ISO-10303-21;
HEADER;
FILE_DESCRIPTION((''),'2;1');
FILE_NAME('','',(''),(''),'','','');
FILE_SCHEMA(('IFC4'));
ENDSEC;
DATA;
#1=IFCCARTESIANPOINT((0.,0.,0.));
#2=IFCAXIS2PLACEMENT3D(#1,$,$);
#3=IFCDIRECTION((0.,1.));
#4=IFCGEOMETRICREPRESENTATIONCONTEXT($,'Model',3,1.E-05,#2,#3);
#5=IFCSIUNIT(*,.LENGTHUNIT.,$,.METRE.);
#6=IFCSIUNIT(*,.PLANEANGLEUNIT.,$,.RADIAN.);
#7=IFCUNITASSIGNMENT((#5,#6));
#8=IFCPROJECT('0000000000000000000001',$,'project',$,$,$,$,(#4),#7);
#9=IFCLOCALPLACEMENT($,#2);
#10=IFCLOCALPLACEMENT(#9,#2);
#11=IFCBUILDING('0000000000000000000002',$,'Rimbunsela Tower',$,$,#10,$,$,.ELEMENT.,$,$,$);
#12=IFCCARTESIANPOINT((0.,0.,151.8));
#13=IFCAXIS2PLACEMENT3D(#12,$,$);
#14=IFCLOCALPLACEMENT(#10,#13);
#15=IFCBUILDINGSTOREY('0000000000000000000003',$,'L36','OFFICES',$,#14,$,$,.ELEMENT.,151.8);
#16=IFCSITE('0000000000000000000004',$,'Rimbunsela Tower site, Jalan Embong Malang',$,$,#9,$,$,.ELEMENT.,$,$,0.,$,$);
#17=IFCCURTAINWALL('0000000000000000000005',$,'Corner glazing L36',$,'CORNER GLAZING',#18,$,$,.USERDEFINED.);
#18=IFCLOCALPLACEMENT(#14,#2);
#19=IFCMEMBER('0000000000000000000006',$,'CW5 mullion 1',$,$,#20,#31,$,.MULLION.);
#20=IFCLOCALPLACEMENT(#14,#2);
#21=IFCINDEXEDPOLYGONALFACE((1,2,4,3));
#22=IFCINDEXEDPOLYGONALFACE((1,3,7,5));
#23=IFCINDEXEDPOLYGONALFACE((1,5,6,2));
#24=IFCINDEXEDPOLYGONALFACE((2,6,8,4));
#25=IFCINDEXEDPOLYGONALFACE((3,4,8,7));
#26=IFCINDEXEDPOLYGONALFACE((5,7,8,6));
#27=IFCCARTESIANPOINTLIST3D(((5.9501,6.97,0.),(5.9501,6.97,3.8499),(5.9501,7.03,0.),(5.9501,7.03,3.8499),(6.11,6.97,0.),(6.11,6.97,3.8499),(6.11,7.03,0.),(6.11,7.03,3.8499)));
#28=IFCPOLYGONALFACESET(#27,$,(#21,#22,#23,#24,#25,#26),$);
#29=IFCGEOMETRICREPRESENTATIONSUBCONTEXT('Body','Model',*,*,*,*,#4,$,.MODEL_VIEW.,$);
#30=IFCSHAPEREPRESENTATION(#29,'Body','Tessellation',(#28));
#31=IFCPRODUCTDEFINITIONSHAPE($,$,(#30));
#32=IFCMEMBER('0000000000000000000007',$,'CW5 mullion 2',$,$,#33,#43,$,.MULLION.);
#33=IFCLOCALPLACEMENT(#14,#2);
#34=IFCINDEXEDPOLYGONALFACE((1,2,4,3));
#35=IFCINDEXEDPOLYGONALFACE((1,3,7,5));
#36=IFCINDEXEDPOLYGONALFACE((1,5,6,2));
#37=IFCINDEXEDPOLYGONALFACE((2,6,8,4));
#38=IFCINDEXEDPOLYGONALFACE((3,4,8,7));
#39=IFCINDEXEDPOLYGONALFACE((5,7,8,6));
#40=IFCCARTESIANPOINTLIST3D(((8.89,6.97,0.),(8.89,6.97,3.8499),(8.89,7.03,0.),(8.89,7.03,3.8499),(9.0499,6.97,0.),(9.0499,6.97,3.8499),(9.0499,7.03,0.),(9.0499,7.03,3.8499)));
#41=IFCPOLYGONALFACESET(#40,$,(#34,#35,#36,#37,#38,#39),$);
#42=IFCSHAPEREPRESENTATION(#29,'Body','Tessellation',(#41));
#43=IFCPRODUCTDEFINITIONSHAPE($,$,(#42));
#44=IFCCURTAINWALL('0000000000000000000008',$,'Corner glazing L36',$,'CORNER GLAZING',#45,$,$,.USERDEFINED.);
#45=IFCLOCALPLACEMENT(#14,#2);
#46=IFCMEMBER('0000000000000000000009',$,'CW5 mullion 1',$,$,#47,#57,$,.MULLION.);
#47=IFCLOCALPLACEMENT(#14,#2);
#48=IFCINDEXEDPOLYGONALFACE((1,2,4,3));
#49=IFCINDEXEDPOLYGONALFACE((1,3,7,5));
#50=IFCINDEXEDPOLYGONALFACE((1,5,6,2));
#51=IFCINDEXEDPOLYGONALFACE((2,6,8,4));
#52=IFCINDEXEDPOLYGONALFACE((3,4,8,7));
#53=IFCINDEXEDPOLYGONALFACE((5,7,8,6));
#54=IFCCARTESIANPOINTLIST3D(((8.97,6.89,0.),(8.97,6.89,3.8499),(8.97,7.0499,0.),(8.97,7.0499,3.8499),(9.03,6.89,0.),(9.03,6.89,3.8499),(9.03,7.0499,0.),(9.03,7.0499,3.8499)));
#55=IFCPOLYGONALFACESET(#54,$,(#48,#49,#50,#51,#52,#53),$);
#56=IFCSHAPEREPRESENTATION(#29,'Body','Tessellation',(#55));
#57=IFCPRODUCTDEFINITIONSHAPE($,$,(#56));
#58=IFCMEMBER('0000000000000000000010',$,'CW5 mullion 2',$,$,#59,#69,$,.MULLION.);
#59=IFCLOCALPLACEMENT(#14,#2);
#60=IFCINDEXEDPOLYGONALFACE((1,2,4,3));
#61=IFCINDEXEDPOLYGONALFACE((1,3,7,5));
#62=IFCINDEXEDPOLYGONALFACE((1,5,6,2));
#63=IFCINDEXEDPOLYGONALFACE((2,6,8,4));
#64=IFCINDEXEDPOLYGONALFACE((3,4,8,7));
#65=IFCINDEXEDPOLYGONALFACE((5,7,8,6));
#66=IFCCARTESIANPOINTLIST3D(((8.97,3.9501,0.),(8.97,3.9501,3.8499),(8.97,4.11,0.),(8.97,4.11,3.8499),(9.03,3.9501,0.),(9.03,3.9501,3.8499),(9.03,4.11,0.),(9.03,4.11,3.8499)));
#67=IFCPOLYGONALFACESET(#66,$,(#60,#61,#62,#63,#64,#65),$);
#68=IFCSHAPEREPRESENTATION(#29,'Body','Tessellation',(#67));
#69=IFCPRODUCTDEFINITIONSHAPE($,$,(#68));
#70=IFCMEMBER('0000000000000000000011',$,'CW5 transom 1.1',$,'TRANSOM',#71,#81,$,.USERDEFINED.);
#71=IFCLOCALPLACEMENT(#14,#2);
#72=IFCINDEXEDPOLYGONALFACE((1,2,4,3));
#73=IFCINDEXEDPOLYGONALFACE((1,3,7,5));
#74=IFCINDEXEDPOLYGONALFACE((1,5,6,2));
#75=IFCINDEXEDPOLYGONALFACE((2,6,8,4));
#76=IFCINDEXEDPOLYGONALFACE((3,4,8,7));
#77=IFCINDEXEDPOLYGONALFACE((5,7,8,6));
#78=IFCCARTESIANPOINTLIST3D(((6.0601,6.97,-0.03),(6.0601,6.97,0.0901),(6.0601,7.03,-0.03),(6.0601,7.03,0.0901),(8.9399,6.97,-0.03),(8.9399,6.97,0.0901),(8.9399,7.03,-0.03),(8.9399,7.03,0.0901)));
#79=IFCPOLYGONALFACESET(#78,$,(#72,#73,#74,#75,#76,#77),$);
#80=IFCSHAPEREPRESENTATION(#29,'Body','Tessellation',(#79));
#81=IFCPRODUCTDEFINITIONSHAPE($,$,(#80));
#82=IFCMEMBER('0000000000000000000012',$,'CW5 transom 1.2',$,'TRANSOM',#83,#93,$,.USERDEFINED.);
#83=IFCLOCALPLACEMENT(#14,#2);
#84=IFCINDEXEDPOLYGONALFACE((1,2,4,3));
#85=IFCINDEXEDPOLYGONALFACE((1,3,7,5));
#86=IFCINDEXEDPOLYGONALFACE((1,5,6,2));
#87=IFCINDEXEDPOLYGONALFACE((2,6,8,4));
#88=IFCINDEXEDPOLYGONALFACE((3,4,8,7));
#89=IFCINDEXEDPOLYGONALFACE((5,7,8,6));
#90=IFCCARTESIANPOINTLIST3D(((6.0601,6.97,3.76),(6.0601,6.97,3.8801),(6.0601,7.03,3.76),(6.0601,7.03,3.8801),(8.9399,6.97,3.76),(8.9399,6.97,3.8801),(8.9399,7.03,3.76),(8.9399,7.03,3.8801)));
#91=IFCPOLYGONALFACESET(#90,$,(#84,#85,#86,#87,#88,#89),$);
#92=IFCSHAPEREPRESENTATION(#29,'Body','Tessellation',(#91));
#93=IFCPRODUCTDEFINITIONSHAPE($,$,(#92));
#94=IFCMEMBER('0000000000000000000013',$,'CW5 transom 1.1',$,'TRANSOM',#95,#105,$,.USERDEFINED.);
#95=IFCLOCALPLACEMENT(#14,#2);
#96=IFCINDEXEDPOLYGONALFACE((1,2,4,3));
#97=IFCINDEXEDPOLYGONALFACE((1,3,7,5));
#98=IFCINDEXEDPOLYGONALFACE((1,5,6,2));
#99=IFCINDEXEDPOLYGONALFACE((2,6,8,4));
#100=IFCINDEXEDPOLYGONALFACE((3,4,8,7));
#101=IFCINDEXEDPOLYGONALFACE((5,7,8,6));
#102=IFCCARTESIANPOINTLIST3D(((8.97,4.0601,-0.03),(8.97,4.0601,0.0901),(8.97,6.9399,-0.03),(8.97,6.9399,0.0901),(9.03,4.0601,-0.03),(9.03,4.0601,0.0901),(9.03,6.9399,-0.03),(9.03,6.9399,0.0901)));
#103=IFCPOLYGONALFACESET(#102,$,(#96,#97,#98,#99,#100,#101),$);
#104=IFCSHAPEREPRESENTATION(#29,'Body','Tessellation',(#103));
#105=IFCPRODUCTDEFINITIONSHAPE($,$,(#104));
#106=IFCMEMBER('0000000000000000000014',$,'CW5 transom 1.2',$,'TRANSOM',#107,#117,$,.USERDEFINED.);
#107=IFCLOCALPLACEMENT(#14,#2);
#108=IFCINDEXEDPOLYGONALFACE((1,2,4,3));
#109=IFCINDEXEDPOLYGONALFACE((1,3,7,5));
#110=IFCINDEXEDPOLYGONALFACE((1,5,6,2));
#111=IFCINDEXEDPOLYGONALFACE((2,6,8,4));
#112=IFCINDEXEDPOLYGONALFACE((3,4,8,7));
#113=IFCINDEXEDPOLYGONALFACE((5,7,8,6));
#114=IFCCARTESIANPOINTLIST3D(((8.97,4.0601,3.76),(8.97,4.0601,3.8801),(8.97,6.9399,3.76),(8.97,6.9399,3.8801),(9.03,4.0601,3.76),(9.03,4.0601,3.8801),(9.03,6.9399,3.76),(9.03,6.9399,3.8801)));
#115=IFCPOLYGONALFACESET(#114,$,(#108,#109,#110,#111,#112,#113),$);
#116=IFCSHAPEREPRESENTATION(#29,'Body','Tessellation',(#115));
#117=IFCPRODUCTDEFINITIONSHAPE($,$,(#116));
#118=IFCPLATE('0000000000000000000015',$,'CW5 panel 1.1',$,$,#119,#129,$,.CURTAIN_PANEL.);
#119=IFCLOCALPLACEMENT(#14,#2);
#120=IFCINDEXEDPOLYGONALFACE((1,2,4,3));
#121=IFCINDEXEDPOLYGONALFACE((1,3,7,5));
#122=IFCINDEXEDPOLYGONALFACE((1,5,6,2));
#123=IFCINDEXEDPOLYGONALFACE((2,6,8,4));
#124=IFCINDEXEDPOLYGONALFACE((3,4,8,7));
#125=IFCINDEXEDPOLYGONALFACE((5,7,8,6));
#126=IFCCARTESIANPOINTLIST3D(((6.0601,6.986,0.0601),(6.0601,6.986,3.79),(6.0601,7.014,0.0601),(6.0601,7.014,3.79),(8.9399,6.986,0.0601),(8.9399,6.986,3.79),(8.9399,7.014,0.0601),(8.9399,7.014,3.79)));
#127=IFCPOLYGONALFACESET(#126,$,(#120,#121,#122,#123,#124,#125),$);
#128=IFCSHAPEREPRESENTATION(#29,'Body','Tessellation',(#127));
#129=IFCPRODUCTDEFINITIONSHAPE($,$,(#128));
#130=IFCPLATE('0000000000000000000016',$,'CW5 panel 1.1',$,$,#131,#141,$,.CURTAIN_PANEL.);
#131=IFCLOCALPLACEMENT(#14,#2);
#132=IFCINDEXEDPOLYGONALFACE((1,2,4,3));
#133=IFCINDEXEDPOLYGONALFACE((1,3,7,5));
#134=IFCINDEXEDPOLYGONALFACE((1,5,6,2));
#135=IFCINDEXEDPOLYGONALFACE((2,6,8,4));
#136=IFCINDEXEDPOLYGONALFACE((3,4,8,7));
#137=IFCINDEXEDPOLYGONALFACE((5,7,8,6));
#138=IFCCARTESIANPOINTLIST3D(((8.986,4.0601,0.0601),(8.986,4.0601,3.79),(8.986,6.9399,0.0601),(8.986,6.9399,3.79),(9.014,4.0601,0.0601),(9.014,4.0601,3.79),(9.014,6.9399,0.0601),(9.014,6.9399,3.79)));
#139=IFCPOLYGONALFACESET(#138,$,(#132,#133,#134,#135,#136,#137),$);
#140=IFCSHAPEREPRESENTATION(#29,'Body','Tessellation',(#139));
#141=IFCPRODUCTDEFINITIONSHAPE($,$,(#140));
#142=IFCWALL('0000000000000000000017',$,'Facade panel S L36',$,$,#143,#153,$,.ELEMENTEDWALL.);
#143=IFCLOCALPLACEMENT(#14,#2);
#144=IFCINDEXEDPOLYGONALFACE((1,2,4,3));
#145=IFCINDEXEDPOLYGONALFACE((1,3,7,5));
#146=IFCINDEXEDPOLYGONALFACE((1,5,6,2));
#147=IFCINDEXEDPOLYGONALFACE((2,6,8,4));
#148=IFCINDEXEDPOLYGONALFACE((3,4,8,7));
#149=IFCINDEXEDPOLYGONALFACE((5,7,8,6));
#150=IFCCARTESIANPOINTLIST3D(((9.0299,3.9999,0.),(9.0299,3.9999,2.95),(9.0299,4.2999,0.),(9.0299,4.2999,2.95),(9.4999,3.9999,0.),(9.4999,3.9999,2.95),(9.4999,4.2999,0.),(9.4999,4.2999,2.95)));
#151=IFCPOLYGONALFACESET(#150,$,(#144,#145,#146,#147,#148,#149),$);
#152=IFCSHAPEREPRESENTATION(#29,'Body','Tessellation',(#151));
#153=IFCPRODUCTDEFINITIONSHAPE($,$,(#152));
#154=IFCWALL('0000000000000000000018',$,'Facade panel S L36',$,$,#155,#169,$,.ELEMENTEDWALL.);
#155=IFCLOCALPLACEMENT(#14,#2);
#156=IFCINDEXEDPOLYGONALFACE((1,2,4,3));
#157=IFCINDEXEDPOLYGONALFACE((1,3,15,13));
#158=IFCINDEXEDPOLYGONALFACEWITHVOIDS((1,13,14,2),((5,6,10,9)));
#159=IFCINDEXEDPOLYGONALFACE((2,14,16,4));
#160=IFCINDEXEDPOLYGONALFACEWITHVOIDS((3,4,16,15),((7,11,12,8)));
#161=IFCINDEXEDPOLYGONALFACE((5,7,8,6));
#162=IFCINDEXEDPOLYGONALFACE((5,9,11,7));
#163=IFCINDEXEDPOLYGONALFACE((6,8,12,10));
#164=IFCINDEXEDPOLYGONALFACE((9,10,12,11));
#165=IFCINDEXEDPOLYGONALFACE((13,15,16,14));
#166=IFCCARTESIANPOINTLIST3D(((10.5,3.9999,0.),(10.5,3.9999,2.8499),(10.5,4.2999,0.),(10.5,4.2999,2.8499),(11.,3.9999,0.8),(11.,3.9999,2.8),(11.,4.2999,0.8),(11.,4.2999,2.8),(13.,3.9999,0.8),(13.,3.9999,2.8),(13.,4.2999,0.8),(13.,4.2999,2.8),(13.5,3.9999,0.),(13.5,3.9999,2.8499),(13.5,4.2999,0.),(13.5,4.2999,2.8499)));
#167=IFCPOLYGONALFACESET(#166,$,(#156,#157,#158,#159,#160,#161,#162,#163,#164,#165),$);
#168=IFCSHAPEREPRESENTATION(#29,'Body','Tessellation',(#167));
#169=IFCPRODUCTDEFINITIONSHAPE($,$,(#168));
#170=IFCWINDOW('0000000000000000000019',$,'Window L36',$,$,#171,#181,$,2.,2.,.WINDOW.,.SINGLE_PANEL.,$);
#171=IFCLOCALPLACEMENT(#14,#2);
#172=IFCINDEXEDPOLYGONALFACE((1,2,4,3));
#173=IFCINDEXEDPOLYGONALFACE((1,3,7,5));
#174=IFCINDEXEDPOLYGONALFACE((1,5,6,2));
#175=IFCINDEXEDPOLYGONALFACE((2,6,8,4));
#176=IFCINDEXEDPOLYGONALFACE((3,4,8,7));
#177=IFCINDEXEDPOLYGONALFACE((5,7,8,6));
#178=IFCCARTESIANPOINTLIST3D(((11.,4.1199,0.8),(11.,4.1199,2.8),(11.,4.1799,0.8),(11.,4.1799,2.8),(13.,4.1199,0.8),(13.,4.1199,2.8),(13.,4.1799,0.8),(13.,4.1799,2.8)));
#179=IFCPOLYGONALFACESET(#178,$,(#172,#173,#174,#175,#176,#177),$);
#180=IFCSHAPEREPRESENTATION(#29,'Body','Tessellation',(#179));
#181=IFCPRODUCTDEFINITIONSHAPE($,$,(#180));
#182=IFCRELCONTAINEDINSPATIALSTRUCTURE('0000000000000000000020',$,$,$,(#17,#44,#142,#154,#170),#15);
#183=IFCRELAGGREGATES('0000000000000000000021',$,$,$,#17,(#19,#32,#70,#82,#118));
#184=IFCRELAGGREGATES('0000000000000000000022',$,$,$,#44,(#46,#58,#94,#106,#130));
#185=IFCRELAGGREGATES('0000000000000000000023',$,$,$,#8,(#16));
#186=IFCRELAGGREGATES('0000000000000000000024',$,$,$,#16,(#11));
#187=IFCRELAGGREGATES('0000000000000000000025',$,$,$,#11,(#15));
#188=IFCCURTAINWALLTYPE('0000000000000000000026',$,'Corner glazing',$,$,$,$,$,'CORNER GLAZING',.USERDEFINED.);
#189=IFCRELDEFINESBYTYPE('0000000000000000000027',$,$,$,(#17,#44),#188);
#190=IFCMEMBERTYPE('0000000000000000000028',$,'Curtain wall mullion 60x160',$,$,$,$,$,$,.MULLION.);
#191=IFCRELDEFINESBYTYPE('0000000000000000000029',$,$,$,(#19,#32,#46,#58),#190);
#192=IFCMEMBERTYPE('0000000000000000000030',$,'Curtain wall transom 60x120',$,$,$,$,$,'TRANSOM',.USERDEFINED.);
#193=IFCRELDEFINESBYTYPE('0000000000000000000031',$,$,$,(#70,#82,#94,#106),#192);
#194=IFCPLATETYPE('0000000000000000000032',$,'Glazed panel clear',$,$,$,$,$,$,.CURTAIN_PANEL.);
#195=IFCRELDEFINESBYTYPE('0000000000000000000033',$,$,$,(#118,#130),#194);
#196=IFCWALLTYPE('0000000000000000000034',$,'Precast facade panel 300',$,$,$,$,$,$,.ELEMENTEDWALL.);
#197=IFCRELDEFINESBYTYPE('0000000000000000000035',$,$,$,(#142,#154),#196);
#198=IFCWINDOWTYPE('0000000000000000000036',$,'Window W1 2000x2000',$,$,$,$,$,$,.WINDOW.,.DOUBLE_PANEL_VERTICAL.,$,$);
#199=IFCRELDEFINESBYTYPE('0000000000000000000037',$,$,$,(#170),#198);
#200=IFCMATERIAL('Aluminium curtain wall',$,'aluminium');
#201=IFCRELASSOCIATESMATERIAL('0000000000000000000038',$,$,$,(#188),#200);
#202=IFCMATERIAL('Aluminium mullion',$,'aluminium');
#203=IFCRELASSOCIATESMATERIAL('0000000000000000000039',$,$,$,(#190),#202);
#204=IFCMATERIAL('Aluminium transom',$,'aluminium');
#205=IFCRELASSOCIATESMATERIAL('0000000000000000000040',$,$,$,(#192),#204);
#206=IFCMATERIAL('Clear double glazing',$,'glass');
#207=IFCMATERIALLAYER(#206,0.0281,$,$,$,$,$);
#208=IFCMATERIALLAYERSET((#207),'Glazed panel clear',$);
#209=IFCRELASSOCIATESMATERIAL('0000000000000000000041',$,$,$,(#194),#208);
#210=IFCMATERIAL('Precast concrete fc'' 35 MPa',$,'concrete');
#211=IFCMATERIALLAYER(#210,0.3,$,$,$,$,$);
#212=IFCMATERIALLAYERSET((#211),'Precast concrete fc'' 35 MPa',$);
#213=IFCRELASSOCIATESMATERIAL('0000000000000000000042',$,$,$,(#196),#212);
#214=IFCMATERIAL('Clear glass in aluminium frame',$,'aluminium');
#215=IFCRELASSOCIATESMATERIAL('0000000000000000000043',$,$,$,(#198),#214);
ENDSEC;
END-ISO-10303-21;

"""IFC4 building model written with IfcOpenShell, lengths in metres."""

from ifc_helpers import new_model, si_unit, direction, frame, frame_2d, origin, origin_2d, place, context, subcontext, project, spatial, rectangle, extrude, material, layer, layer_set, material_profile, profile_set, type_object, element, fill, aggregate, save


model = new_model("IFC4")

# Units and contexts
model_context = context("Model", 3, precision=1e-05, world=origin(), true_north=direction((0.0, 1.0)))
body_context = subcontext(model_context, "Body", "Model", "MODEL_VIEW")
ifc_project = project(units=[si_unit("LENGTHUNIT", "METRE"), si_unit("PLANEANGLEUNIT", "RADIAN")], contexts=[model_context])

# Site, building, storey
site_placement = place(None, origin())
site = spatial("IfcSite", under=ifc_project, at=site_placement, Name="Rimbunsela Tower site, Jalan Embong Malang", CompositionType="ELEMENT", RefElevation=0.0)
building_placement = place(site_placement, origin())
building = spatial("IfcBuilding", under=site, at=building_placement, Name="Rimbunsela Tower", CompositionType="ELEMENT")
storey_placement = place(building_placement, frame((0.0, 0.0, 151.8)))
storey = spatial("IfcBuildingStorey", under=building, at=storey_placement, Name="L36", Description="OFFICES", CompositionType="ELEMENT", Elevation=151.8)

# Curtain walls, members
ifc_material_1 = material(Name="Aluminium curtain wall", Category="aluminium")
curtain_wall_type = type_object("IfcCurtainWallType", Name="Corner glazing", ElementType="CORNER GLAZING", PredefinedType="USERDEFINED", material=ifc_material_1)
curtain_wall_1_placement = place(storey_placement, origin())
curtain_wall_1 = element("IfcCurtainWall", 1, at=curtain_wall_1_placement, inside=storey, type_object=curtain_wall_type, Name="Corner glazing L36", ObjectType="CORNER GLAZING", PredefinedType="USERDEFINED")
ifc_material_2 = material(Name="Aluminium mullion", Category="aluminium")
ifc_material_profile_1 = material_profile(ifc_material_2, rectangle(XDim=0.0601, YDim=0.1599, at=origin_2d()), Name="Mullion 60x160")
ifc_profile_set_1 = profile_set([ifc_material_profile_1], Name="Aluminium mullion")
member_type_1 = type_object("IfcMemberType", Name="Curtain wall mullion 60x160", PredefinedType="MULLION", material=ifc_profile_set_1)
member_1_placement = place(storey_placement, frame((6.03, 7.0, 0.0), z_axis=(0.0, 0.0, 1.0), x_axis=(0.0, 1.0, 0.0)))
member_1 = element("IfcMember", 2, at=member_1_placement, type_object=member_type_1, Name="CW5 mullion 1", PredefinedType="MULLION", context=body_context, shape_type="SweptSolid", body=[
    extrude(rectangle(XDim=0.0601, YDim=0.1599, at=origin_2d()), origin(), (0.0, 0.0, 1.0), 3.8499),
])
member_2_placement = place(storey_placement, frame((8.97, 7.0, 0.0), z_axis=(0.0, 0.0, 1.0), x_axis=(0.0, 1.0, 0.0)))
member_2 = element("IfcMember", 3, at=member_2_placement, type_object=member_type_1, Name="CW5 mullion 2", PredefinedType="MULLION", context=body_context, shape_type="SweptSolid", body=[
    extrude(rectangle(XDim=0.0601, YDim=0.1599, at=origin_2d()), origin(), (0.0, 0.0, 1.0), 3.8499),
])
curtain_wall_2_placement = place(storey_placement, origin())
curtain_wall_2 = element("IfcCurtainWall", 4, at=curtain_wall_2_placement, inside=storey, type_object=curtain_wall_type, Name="Corner glazing L36", ObjectType="CORNER GLAZING", PredefinedType="USERDEFINED")
member_3_placement = place(storey_placement, frame((9.0, 6.97, 0.0), z_axis=(0.0, 0.0, 1.0), x_axis=(1.0, 0.0, 0.0)))
member_3 = element("IfcMember", 5, at=member_3_placement, type_object=member_type_1, Name="CW5 mullion 1", PredefinedType="MULLION", context=body_context, shape_type="SweptSolid", body=[
    extrude(rectangle(XDim=0.0601, YDim=0.1599, at=origin_2d()), origin(), (0.0, 0.0, 1.0), 3.8499),
])
member_4_placement = place(storey_placement, frame((9.0, 4.03, 0.0), z_axis=(0.0, 0.0, 1.0), x_axis=(1.0, 0.0, 0.0)))
member_4 = element("IfcMember", 6, at=member_4_placement, type_object=member_type_1, Name="CW5 mullion 2", PredefinedType="MULLION", context=body_context, shape_type="SweptSolid", body=[
    extrude(rectangle(XDim=0.0601, YDim=0.1599, at=origin_2d()), origin(), (0.0, 0.0, 1.0), 3.8499),
])

# Members
ifc_material_3 = material(Name="Aluminium transom", Category="aluminium")
ifc_material_profile_2 = material_profile(ifc_material_3, rectangle(XDim=0.0601, YDim=0.1201, at=origin_2d()), Name="Transom 60x120")
ifc_profile_set_2 = profile_set([ifc_material_profile_2], Name="Aluminium transom")
member_type_2 = type_object("IfcMemberType", Name="Curtain wall transom 60x120", ElementType="TRANSOM", PredefinedType="USERDEFINED", material=ifc_profile_set_2)
member_5_placement = place(storey_placement, frame((6.0601, 7.0, 0.03), z_axis=(1.0, 0.0, 0.0), x_axis=(0.0, 1.0, 0.0)))
member_5 = element("IfcMember", 7, at=member_5_placement, type_object=member_type_2, Name="CW5 transom 1.1", ObjectType="TRANSOM", PredefinedType="USERDEFINED", context=body_context, shape_type="SweptSolid", body=[
    extrude(rectangle(XDim=0.0601, YDim=0.1201, at=origin_2d()), origin(), (0.0, 0.0, 1.0), 2.8799),
])
member_6_placement = place(storey_placement, frame((6.0601, 7.0, 3.8201), z_axis=(1.0, 0.0, 0.0), x_axis=(0.0, 1.0, 0.0)))
member_6 = element("IfcMember", 8, at=member_6_placement, type_object=member_type_2, Name="CW5 transom 1.2", ObjectType="TRANSOM", PredefinedType="USERDEFINED", context=body_context, shape_type="SweptSolid", body=[
    extrude(rectangle(XDim=0.0601, YDim=0.1201, at=origin_2d()), origin(), (0.0, 0.0, 1.0), 2.8799),
])
member_7_placement = place(storey_placement, frame((9.0, 6.9399, 0.03), z_axis=(0.0, -1.0, 0.0), x_axis=(1.0, 0.0, 0.0)))
member_7 = element("IfcMember", 9, at=member_7_placement, type_object=member_type_2, Name="CW5 transom 1.1", ObjectType="TRANSOM", PredefinedType="USERDEFINED", context=body_context, shape_type="SweptSolid", body=[
    extrude(rectangle(XDim=0.0601, YDim=0.1201, at=origin_2d()), origin(), (0.0, 0.0, 1.0), 2.8799),
])
member_8_placement = place(storey_placement, frame((9.0, 6.9399, 3.8201), z_axis=(0.0, -1.0, 0.0), x_axis=(1.0, 0.0, 0.0)))
member_8 = element("IfcMember", 10, at=member_8_placement, type_object=member_type_2, Name="CW5 transom 1.2", ObjectType="TRANSOM", PredefinedType="USERDEFINED", context=body_context, shape_type="SweptSolid", body=[
    extrude(rectangle(XDim=0.0601, YDim=0.1201, at=origin_2d()), origin(), (0.0, 0.0, 1.0), 2.8799),
])

# Plates
ifc_material_4 = material(Name="Clear double glazing", Category="glass")
ifc_layer_1 = layer(ifc_material_4, 0.0281)
ifc_layer_set_1 = layer_set([ifc_layer_1], Name="Glazed panel clear")
plate_type = type_object("IfcPlateType", Name="Glazed panel clear", PredefinedType="CURTAIN_PANEL", material=ifc_layer_set_1)
plate_1_placement = place(storey_placement, frame((7.5, 7.0, 0.0601), z_axis=(0.0, 0.0, 1.0), x_axis=(1.0, 0.0, 0.0)))
plate_1 = element("IfcPlate", 11, at=plate_1_placement, type_object=plate_type, Name="CW5 panel 1.1", PredefinedType="CURTAIN_PANEL", context=body_context, shape_type="SweptSolid", body=[
    extrude(rectangle(XDim=2.8799, YDim=0.0281, at=origin_2d()), origin(), (0.0, 0.0, 1.0), 3.73),
])
aggregate(curtain_wall_1, [member_1, member_2, member_5, member_6, plate_1])
plate_2_placement = place(storey_placement, frame((9.0, 5.5, 0.0601), z_axis=(0.0, 0.0, 1.0), x_axis=(0.0, -1.0, 0.0)))
plate_2 = element("IfcPlate", 12, at=plate_2_placement, type_object=plate_type, Name="CW5 panel 1.1", PredefinedType="CURTAIN_PANEL", context=body_context, shape_type="SweptSolid", body=[
    extrude(rectangle(XDim=2.8799, YDim=0.0281, at=origin_2d()), origin(), (0.0, 0.0, 1.0), 3.73),
])
aggregate(curtain_wall_2, [member_3, member_4, member_7, member_8, plate_2])

# Wall
ifc_material_5 = material(Name="Precast concrete fc' 35 MPa", Category="concrete")
ifc_layer_2 = layer(ifc_material_5, 0.3)
ifc_layer_set_2 = layer_set([ifc_layer_2], Name="Precast concrete fc' 35 MPa")
wall_type = type_object("IfcWallType", Name="Precast facade panel 300", PredefinedType="ELEMENTEDWALL", material=ifc_layer_set_2)
wall_1_placement = place(storey_placement, frame((9.03, 4.1499, 0.0), z_axis=(0.0, 0.0, 1.0), x_axis=(1.0, 0.0, 0.0)))
element("IfcWall", 13, at=wall_1_placement, inside=storey, type_object=wall_type, Name="Facade panel S L36", PredefinedType="ELEMENTEDWALL", context=body_context, shape_type="SweptSolid", body=[
    extrude(rectangle(XDim=0.47, YDim=0.3, at=frame_2d((0.2349, 0.0))), origin(), (0.0, 0.0, 1.0), 2.95),
])

# Wall, opening, window
wall_2_placement = place(storey_placement, frame((10.5, 4.1499, 0.0), z_axis=(0.0, 0.0, 1.0), x_axis=(1.0, 0.0, 0.0)))
wall_2 = element("IfcWall", 14, at=wall_2_placement, inside=storey, type_object=wall_type, Name="Facade panel S L36", PredefinedType="ELEMENTEDWALL", context=body_context, shape_type="SweptSolid", body=[
    extrude(rectangle(XDim=3.0, YDim=0.3, at=frame_2d((1.5, 0.0))), origin(), (0.0, 0.0, 1.0), 2.8499),
])
opening_1_placement = place(wall_2_placement, frame((0.5, 0.0, 0.8)))
opening_1 = element("IfcOpeningElement", 15, at=opening_1_placement, cuts=wall_2, PredefinedType="OPENING", context=body_context, shape_type="SweptSolid", body=[
    extrude(rectangle(XDim=2.0, YDim=2.0, at=frame_2d((1.0, 1.0))), frame((0.0, 0.1599, 0.0), z_axis=(0.0, -1.0, 0.0), x_axis=(1.0, 0.0, 0.0)), (0.0, 0.0, 1.0), 0.3201),
])
ifc_material_6 = material(Name="Clear glass in aluminium frame", Category="aluminium")
window_type = type_object("IfcWindowType", Name="Window W1 2000x2000", PartitioningType="DOUBLE_PANEL_VERTICAL", PredefinedType="WINDOW", material=ifc_material_6)
window_1_placement = place(opening_1_placement, origin())
window_1 = element("IfcWindow", 16, at=window_1_placement, inside=storey, type_object=window_type, Name="Window L36", OverallHeight=2.0, OverallWidth=2.0, PartitioningType="SINGLE_PANEL", PredefinedType="WINDOW", context=body_context, shape_type="SweptSolid", body=[
    extrude(rectangle(XDim=2.0, YDim=2.0, at=frame_2d((1.0, 1.0))), frame((0.0, 0.03, 0.0), z_axis=(0.0, -1.0, 0.0), x_axis=(1.0, 0.0, 0.0)), (0.0, 0.0, 1.0), 0.0601),
])
fill(opening_1, window_1)

save(model, "model.ifc")
